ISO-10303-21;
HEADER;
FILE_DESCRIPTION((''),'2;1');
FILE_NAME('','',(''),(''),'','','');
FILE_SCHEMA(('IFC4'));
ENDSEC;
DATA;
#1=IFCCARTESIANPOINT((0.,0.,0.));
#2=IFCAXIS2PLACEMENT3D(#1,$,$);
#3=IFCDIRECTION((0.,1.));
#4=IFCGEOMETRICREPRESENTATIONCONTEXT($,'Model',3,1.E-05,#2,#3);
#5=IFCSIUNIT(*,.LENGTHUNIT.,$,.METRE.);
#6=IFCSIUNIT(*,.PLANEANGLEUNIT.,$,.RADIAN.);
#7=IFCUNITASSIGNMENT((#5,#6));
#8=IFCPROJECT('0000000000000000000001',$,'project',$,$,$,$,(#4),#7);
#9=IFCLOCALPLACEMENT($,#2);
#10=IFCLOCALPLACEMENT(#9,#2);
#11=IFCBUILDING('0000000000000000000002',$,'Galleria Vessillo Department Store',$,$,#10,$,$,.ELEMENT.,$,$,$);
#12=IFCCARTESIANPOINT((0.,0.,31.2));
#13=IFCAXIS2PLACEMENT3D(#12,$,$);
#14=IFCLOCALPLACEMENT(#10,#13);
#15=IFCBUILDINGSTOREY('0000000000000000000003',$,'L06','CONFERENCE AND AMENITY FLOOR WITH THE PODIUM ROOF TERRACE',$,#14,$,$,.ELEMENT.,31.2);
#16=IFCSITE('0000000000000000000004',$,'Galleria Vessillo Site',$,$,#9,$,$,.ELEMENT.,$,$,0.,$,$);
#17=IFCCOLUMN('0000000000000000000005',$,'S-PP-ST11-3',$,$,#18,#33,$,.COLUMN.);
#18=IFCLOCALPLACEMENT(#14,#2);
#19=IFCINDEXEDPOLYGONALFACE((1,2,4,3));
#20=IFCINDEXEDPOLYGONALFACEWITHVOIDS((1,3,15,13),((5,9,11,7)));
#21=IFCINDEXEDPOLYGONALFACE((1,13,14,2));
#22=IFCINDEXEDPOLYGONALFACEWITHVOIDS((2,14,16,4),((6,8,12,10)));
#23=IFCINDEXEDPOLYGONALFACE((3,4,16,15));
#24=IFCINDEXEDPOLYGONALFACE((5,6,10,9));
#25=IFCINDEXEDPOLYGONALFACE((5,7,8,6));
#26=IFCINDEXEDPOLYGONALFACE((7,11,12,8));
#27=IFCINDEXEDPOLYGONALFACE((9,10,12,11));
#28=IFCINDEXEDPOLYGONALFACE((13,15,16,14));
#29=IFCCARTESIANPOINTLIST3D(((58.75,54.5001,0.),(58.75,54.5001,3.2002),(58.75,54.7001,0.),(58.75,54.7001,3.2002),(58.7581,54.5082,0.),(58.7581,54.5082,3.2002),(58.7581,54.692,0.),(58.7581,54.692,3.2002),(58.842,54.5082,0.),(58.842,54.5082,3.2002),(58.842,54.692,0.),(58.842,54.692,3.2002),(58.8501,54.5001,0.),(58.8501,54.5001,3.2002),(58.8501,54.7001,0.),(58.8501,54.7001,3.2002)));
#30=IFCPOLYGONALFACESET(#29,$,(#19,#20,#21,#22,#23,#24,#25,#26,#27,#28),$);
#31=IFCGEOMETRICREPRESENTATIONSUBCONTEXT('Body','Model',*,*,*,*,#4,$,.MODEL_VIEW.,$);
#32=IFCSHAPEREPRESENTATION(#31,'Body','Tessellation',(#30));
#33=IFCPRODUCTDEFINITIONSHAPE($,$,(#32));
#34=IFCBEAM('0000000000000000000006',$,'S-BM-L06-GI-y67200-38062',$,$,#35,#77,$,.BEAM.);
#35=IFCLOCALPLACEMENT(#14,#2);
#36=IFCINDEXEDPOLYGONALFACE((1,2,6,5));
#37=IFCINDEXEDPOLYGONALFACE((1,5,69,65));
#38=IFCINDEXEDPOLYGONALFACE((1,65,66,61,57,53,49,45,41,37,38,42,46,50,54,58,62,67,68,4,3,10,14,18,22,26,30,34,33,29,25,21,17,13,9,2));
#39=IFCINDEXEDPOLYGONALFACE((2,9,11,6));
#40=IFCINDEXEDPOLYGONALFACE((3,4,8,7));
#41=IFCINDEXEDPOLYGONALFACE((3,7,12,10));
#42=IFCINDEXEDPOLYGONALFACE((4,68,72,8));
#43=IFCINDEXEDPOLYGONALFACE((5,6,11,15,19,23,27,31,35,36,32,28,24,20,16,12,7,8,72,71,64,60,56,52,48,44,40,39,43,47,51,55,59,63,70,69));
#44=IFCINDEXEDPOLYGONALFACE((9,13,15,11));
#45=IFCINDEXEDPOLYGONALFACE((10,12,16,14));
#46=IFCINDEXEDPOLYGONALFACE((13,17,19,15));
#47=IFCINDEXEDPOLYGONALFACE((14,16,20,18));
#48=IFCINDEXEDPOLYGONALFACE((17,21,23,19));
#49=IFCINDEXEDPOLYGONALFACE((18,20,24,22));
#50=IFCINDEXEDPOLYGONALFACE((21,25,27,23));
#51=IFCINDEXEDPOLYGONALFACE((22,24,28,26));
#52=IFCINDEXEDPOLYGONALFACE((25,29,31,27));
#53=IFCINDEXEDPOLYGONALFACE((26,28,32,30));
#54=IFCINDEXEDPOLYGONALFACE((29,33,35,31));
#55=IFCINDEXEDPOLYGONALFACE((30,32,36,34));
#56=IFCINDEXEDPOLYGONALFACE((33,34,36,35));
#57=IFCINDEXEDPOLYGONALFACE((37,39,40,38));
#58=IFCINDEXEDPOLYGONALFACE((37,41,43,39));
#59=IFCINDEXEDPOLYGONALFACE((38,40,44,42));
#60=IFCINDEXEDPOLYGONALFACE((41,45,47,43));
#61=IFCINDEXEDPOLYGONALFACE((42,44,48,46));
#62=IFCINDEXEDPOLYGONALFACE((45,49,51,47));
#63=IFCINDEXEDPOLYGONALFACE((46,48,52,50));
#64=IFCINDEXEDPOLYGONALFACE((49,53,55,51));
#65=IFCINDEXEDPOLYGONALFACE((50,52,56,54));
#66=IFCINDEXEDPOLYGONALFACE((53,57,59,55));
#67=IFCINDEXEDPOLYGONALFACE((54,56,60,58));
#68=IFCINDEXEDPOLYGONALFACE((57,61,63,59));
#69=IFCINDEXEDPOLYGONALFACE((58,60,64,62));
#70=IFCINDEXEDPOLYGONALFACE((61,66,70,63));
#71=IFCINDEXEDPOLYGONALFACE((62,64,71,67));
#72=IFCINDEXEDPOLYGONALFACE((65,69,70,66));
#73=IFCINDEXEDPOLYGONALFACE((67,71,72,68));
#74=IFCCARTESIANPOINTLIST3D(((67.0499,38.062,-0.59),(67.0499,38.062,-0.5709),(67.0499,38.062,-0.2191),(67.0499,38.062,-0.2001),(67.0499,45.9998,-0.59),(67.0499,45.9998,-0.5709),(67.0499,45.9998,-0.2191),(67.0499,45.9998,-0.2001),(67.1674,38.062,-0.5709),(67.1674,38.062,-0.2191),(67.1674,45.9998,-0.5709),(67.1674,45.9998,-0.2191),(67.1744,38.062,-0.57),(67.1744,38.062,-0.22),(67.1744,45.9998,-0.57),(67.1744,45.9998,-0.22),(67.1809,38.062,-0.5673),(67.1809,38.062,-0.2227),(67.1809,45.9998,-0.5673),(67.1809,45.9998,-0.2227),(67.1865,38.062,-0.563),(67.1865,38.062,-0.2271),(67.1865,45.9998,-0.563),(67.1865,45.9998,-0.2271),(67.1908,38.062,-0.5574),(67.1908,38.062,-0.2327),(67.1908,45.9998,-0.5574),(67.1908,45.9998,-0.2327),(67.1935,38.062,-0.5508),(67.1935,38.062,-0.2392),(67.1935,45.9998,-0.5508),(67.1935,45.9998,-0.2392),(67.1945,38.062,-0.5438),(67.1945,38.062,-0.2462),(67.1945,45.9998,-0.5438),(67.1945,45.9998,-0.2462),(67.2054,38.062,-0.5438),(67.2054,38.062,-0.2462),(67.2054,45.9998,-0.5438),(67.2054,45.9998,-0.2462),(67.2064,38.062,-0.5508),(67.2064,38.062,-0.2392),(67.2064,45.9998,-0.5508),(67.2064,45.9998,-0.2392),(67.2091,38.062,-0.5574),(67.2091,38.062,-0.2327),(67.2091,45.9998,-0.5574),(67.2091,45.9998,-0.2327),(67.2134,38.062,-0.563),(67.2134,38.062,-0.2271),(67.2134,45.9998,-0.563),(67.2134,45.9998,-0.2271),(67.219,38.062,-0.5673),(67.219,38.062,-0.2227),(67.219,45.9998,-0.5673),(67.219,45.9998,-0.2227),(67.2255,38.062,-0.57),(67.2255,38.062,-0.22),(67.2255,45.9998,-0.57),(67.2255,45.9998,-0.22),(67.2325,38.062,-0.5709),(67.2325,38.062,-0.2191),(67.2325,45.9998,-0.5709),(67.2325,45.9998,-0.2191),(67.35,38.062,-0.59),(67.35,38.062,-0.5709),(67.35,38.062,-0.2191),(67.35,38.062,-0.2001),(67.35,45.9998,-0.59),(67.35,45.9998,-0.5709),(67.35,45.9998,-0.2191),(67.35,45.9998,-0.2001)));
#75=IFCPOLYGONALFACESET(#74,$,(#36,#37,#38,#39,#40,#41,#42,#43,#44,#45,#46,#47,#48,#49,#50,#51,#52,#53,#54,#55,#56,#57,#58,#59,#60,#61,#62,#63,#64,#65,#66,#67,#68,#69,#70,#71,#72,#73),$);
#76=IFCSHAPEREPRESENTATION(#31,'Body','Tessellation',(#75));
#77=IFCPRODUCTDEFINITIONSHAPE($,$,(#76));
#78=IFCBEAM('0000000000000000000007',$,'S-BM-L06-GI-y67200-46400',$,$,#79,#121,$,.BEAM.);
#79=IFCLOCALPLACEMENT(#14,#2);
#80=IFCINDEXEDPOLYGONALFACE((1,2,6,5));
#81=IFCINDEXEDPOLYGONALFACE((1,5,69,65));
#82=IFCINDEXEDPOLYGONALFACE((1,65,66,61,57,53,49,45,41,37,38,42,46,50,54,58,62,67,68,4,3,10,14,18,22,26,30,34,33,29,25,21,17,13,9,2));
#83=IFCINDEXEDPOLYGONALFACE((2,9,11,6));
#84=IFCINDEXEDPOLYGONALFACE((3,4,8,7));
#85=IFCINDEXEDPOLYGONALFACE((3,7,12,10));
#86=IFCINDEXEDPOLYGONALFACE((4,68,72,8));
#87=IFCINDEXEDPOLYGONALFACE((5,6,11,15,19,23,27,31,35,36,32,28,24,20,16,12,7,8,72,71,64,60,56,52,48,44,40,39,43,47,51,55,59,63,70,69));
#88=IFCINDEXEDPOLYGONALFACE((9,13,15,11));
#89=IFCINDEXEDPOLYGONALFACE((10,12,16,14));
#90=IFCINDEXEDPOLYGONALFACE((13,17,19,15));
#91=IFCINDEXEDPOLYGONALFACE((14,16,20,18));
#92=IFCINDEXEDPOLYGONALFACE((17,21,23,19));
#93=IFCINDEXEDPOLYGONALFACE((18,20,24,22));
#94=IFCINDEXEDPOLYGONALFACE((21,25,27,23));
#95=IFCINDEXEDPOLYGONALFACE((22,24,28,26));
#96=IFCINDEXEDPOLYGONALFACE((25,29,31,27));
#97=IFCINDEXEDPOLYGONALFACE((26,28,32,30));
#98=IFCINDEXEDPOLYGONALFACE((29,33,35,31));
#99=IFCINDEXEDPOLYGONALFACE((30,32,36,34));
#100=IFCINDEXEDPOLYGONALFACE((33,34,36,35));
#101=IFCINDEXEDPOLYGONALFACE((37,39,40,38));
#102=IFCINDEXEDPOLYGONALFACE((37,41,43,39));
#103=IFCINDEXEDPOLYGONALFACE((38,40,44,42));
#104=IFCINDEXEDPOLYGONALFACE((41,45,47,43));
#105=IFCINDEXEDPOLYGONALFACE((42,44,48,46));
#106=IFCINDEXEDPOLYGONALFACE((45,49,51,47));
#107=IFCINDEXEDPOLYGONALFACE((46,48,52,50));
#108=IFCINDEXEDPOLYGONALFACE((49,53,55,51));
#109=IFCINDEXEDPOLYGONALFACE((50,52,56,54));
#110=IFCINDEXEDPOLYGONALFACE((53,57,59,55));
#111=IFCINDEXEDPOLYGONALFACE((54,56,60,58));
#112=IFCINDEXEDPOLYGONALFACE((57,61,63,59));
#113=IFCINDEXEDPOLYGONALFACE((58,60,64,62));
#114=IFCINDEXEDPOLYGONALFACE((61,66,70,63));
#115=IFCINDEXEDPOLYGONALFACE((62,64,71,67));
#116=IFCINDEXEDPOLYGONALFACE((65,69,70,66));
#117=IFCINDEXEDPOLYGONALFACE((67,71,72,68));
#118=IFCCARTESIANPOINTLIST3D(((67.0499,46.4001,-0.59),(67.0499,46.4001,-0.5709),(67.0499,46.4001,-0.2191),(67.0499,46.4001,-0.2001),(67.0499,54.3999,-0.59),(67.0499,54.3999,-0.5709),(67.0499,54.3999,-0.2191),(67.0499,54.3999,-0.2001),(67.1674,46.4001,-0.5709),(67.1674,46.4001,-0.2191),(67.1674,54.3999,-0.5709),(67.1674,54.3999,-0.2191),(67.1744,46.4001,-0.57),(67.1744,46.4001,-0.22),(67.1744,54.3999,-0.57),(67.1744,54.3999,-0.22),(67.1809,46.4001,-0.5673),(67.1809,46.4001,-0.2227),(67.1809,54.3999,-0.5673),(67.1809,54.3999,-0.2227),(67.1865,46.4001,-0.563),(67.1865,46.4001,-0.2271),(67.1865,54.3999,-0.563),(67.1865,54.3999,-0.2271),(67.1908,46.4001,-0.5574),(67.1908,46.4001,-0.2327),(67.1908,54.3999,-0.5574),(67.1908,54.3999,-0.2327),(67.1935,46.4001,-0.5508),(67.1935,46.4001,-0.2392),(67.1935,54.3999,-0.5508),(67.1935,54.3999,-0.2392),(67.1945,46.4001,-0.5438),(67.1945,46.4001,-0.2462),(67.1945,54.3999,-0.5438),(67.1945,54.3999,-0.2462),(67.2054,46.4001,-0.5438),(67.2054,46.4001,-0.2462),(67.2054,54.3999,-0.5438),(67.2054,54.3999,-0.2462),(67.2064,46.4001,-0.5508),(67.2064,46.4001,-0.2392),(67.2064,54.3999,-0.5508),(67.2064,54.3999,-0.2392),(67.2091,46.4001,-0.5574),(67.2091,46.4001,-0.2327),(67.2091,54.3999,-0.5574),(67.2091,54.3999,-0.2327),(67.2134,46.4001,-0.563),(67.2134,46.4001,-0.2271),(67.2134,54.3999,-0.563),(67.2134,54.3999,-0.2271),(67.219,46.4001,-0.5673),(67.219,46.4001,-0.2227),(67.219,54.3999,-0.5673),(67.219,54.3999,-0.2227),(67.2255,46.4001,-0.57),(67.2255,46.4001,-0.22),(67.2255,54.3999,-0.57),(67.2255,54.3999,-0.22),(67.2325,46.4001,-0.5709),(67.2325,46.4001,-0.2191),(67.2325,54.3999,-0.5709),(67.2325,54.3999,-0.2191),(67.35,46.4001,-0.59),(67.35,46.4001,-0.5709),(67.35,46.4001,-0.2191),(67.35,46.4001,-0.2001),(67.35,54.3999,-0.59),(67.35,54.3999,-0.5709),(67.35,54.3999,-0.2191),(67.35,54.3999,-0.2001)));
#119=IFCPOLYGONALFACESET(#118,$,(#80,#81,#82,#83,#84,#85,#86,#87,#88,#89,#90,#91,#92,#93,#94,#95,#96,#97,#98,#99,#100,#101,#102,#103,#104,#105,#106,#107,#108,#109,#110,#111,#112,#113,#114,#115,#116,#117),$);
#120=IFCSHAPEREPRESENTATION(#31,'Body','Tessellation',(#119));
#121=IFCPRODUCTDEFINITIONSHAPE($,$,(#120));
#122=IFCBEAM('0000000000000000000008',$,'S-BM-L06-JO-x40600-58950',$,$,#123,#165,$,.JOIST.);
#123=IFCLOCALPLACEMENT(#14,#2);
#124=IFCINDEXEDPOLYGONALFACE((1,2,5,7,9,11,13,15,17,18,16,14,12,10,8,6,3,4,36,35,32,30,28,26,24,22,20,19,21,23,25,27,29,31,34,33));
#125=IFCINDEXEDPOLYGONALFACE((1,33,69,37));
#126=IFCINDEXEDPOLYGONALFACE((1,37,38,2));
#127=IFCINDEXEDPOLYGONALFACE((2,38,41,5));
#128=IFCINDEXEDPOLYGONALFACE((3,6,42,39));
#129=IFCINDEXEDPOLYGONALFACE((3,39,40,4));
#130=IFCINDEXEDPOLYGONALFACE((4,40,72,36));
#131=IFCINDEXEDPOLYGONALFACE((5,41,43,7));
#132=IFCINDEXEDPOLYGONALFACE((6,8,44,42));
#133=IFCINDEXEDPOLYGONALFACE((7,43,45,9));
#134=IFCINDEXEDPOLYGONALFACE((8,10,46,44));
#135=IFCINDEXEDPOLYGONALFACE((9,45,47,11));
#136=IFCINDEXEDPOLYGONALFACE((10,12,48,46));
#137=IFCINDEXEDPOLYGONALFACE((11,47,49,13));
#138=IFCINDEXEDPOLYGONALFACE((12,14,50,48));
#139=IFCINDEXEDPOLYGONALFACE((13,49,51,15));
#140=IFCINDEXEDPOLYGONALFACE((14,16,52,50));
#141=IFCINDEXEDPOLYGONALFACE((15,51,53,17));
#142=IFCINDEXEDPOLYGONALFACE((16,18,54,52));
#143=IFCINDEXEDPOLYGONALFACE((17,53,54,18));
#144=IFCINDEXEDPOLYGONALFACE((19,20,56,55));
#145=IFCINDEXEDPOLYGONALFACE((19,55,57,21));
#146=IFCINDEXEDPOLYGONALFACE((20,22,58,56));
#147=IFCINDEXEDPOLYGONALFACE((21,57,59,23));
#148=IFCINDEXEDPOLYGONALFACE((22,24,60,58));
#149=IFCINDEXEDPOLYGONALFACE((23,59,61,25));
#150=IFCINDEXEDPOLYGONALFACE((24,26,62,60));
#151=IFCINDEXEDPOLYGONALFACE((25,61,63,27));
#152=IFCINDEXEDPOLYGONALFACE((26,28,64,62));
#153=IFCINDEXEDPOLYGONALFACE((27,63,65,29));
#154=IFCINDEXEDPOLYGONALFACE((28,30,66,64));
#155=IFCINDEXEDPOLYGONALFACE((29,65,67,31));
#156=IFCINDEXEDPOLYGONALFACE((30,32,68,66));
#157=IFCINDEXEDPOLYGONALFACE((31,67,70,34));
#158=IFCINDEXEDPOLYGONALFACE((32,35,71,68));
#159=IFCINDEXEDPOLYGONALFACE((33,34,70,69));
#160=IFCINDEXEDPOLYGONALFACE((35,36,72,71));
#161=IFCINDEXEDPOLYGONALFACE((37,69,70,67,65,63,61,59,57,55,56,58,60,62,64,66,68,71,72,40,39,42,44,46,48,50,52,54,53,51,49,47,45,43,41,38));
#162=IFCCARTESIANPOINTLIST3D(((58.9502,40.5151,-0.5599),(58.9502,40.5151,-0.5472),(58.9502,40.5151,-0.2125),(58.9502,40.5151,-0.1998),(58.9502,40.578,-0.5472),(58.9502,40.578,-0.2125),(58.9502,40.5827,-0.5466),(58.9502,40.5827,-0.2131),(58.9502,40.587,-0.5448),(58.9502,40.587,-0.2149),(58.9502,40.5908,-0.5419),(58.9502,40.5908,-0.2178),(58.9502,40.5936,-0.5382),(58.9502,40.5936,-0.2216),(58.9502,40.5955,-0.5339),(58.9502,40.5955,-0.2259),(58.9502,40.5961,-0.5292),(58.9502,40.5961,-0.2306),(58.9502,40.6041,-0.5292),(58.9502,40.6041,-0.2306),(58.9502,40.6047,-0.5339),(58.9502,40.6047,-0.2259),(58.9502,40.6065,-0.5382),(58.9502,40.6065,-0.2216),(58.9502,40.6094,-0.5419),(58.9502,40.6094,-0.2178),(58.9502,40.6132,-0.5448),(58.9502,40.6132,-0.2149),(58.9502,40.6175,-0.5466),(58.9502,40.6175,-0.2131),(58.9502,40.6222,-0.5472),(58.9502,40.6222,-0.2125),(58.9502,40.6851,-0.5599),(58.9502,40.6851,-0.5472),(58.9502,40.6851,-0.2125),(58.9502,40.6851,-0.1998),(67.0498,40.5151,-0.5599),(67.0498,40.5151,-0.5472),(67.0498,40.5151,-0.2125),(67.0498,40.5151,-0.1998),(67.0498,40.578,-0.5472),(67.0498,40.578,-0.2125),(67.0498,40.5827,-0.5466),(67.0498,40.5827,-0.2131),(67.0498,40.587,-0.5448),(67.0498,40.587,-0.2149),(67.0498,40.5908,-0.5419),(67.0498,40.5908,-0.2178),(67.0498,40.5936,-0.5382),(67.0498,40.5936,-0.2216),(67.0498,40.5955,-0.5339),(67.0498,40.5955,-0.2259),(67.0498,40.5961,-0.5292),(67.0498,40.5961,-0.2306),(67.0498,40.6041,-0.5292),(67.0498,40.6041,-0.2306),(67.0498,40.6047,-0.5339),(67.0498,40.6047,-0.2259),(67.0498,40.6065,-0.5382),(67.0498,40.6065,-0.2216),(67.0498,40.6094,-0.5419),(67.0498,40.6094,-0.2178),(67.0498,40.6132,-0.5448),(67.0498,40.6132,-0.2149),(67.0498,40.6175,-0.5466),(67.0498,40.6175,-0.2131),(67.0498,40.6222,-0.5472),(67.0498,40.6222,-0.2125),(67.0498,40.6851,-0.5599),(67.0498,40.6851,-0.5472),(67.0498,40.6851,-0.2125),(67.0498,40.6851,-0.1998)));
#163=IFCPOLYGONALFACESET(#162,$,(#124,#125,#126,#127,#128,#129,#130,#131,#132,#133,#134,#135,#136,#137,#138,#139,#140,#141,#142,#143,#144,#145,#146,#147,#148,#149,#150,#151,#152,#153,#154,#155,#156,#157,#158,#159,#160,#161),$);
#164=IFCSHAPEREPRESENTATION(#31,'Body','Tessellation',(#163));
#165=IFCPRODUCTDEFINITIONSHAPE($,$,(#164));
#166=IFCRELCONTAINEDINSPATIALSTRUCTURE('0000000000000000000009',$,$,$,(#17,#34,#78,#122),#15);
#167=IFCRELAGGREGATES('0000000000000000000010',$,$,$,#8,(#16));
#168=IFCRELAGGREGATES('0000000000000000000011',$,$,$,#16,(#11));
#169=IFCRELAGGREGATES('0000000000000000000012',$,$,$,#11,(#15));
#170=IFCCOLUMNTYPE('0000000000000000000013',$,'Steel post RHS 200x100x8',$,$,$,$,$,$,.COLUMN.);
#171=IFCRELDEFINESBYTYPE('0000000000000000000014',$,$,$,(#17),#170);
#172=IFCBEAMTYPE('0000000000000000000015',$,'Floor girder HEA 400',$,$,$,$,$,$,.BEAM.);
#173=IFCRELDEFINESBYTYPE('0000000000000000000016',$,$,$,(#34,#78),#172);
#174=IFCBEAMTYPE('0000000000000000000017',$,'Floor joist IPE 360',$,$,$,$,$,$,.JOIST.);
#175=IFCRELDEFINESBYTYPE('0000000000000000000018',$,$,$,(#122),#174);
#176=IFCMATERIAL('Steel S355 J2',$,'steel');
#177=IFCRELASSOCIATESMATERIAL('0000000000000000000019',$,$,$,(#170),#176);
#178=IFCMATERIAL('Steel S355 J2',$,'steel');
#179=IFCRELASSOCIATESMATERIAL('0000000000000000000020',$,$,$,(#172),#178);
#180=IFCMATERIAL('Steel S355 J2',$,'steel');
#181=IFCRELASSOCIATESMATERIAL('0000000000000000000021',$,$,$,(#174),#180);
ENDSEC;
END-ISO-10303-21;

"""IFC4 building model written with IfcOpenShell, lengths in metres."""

from ifc_helpers import new_model, si_unit, direction, frame, origin, origin_2d, place, context, subcontext, project, spatial, hollow_rectangle, i_section, extrude, material, material_profile, profile_set, type_object, element, save


model = new_model("IFC4")

# Units and contexts
model_context = context("Model", 3, precision=1e-05, world=origin(), true_north=direction((0.0, 1.0)))
body_context = subcontext(model_context, "Body", "Model", "MODEL_VIEW")
ifc_project = project(units=[si_unit("LENGTHUNIT", "METRE"), si_unit("PLANEANGLEUNIT", "RADIAN")], contexts=[model_context])

# Site, building, storey
site_placement = place(None, origin())
site = spatial("IfcSite", under=ifc_project, at=site_placement, Name="Galleria Vessillo Site", CompositionType="ELEMENT", RefElevation=0.0)
building_placement = place(site_placement, origin())
building = spatial("IfcBuilding", under=site, at=building_placement, Name="Galleria Vessillo Department Store", CompositionType="ELEMENT")
storey_placement = place(building_placement, frame((0.0, 0.0, 31.2)))
storey = spatial("IfcBuildingStorey", under=building, at=storey_placement, Name="L06", Description="CONFERENCE AND AMENITY FLOOR WITH THE PODIUM ROOF TERRACE", CompositionType="ELEMENT", Elevation=31.2)

# Column
ifc_material_1 = material(Name="Steel S355 J2", Category="steel")
ifc_material_profile_1 = material_profile(ifc_material_1, hollow_rectangle(XDim=0.1001, YDim=0.2, WallThickness=0.0081, at=origin_2d()), Name="RHS 200x100x8")
ifc_profile_set_1 = profile_set([ifc_material_profile_1], Name="Steel S355 J2")
column_type = type_object("IfcColumnType", Name="Steel post RHS 200x100x8", PredefinedType="COLUMN", material=ifc_profile_set_1)
column_placement = place(storey_placement, frame((58.8, 54.6001, 0.0), z_axis=(0.0, 0.0, 1.0), x_axis=(1.0, 0.0, 0.0)))
element("IfcColumn", 1, at=column_placement, inside=storey, type_object=column_type, Name="S-PP-ST11-3", PredefinedType="COLUMN", context=body_context, shape_type="SweptSolid", body=[
    extrude(hollow_rectangle(XDim=0.1001, YDim=0.2, WallThickness=0.0081, at=origin_2d()), origin(), (0.0, 0.0, 1.0), 3.2002),
])

# Beams
ifc_material_2 = material(Name="Steel S355 J2", Category="steel")
ifc_material_profile_2 = material_profile(ifc_material_2, i_section(OverallWidth=0.3, OverallDepth=0.3899, WebThickness=0.011, FlangeThickness=0.019, FilletRadius=0.0271, at=origin_2d()), Name="HEA 400")
ifc_profile_set_2 = profile_set([ifc_material_profile_2], Name="Steel S355 J2")
beam_type_1 = type_object("IfcBeamType", Name="Floor girder HEA 400", PredefinedType="BEAM", material=ifc_profile_set_2)
beam_1_placement = place(storey_placement, frame((67.2, 38.062, -0.395), z_axis=(0.0, 1.0, 0.0), x_axis=(-1.0, 0.0, 0.0)))
element("IfcBeam", 2, at=beam_1_placement, inside=storey, type_object=beam_type_1, Name="S-BM-L06-GI-y67200-38062", PredefinedType="BEAM", context=body_context, shape_type="SweptSolid", body=[
    extrude(i_section(OverallWidth=0.3, OverallDepth=0.3899, WebThickness=0.011, FlangeThickness=0.019, FilletRadius=0.0271, at=origin_2d()), origin(), (0.0, 0.0, 1.0), 7.9377),
])
beam_2_placement = place(storey_placement, frame((67.2, 46.4001, -0.395), z_axis=(0.0, 1.0, 0.0), x_axis=(-1.0, 0.0, 0.0)))
element("IfcBeam", 3, at=beam_2_placement, inside=storey, type_object=beam_type_1, Name="S-BM-L06-GI-y67200-46400", PredefinedType="BEAM", context=body_context, shape_type="SweptSolid", body=[
    extrude(i_section(OverallWidth=0.3, OverallDepth=0.3899, WebThickness=0.011, FlangeThickness=0.019, FilletRadius=0.0271, at=origin_2d()), origin(), (0.0, 0.0, 1.0), 7.9998),
])
ifc_material_3 = material(Name="Steel S355 J2", Category="steel")
ifc_material_profile_3 = material_profile(ifc_material_3, i_section(OverallWidth=0.1699, OverallDepth=0.3601, WebThickness=0.0081, FlangeThickness=0.0127, FilletRadius=0.0181, at=origin_2d()), Name="IPE 360")
ifc_profile_set_3 = profile_set([ifc_material_profile_3], Name="Steel S355 J2")
beam_type_2 = type_object("IfcBeamType", Name="Floor joist IPE 360", PredefinedType="JOIST", material=ifc_profile_set_3)
for number, where, z_axis, x_axis, name in (
    (4, (58.9502, 40.6001, -0.3799), (1.0, 0.0, 0.0), (0.0, 1.0, 0.0), "S-BM-L06-JO-x40600-58950"),
):
    element("IfcBeam", number, at=place(storey_placement, frame(where, z_axis=z_axis, x_axis=x_axis)), inside=storey, type_object=beam_type_2, Name=name, PredefinedType="JOIST", context=body_context, shape_type="SweptSolid", body=[
        extrude(i_section(OverallWidth=0.1699, OverallDepth=0.3601, WebThickness=0.0081, FlangeThickness=0.0127, FilletRadius=0.0181, at=origin_2d()), origin(), (0.0, 0.0, 1.0), 8.0996),
    ])

save(model, "model.ifc")
